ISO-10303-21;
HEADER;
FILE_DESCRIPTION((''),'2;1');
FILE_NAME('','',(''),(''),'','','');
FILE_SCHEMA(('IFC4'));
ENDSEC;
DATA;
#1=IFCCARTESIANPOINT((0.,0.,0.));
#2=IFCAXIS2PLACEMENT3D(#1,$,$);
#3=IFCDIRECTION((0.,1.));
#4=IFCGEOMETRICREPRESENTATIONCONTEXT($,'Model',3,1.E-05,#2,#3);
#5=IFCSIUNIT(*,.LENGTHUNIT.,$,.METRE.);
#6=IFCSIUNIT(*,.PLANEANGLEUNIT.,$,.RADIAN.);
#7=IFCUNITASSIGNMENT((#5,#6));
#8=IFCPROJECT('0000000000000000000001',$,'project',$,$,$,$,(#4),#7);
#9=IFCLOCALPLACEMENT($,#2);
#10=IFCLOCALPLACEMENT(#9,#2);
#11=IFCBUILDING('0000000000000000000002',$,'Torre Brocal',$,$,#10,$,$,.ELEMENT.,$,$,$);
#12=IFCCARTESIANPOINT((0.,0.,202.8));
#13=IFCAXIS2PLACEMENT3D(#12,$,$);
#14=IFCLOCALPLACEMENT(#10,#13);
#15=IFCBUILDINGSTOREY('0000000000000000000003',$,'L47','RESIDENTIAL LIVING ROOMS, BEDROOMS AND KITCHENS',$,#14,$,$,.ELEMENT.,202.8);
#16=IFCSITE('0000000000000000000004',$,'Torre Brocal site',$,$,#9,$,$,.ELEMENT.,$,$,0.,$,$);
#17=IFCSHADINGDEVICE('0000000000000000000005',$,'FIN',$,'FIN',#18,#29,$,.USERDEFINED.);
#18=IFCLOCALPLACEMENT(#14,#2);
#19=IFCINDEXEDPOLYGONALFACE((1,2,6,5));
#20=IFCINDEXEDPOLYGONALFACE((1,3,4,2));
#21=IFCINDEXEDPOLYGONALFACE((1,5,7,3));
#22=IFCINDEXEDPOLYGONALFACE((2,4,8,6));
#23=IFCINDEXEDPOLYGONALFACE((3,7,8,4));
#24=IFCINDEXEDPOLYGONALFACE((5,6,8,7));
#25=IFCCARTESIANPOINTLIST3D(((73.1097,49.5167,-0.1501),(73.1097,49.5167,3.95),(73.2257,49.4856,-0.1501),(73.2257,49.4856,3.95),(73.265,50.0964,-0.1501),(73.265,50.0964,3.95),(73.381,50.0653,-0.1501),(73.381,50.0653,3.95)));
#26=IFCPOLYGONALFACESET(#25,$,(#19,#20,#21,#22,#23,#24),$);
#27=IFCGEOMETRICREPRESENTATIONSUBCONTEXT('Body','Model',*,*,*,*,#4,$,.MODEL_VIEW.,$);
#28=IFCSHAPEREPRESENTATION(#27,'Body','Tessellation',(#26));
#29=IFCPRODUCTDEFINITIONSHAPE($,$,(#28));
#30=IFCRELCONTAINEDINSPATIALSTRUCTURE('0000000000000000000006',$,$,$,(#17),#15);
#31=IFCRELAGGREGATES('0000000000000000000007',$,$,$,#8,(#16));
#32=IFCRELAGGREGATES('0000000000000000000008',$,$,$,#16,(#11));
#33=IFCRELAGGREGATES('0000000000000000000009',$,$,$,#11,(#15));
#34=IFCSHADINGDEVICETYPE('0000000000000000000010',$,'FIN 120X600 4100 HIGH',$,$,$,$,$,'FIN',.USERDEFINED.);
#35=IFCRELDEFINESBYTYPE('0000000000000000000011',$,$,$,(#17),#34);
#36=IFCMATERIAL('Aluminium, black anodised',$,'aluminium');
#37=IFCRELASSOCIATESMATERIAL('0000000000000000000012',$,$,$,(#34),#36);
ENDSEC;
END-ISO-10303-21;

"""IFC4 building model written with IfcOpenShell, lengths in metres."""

from ifc_helpers import new_model, si_unit, direction, frame, origin, origin_2d, place, context, subcontext, project, spatial, rectangle, extrude, material, material_profile, profile_set, type_object, element, save


model = new_model("IFC4")

# Units and contexts
model_context = context("Model", 3, precision=1e-05, world=origin(), true_north=direction((0.0, 1.0)))
body_context = subcontext(model_context, "Body", "Model", "MODEL_VIEW")
ifc_project = project(units=[si_unit("LENGTHUNIT", "METRE"), si_unit("PLANEANGLEUNIT", "RADIAN")], contexts=[model_context])

# Site, building, storey
site_placement = place(None, origin())
site = spatial("IfcSite", under=ifc_project, at=site_placement, Name="Torre Brocal site", CompositionType="ELEMENT", RefElevation=0.0)
building_placement = place(site_placement, origin())
building = spatial("IfcBuilding", under=site, at=building_placement, Name="Torre Brocal", CompositionType="ELEMENT")
storey_placement = place(building_placement, frame((0.0, 0.0, 202.8)))
storey = spatial("IfcBuildingStorey", under=building, at=storey_placement, Name="L47", Description="RESIDENTIAL LIVING ROOMS, BEDROOMS AND KITCHENS", CompositionType="ELEMENT", Elevation=202.8)

# Shading device
ifc_material_1 = material(Name="Aluminium, black anodised", Category="aluminium")
ifc_material_profile_1 = material_profile(ifc_material_1, rectangle(XDim=0.1201, YDim=0.6001, at=origin_2d()), Name="FIN 120X600 4100 HIGH")
ifc_profile_set_1 = profile_set([ifc_material_profile_1], Name="Aluminium, black anodised")
shading_device_type = type_object("IfcShadingDeviceType", Name="FIN 120X600 4100 HIGH", ElementType="FIN", PredefinedType="USERDEFINED", material=ifc_profile_set_1)
for number, where, z_axis, x_axis, name in (
    (1, (73.2454, 49.791, -0.1501), (0.0, 0.0, 1.0), (0.965926, -0.258819, 0.0), "FIN"),
):
    element("IfcShadingDevice", number, at=place(storey_placement, frame(where, z_axis=z_axis, x_axis=x_axis)), inside=storey, type_object=shading_device_type, Name=name, ObjectType="FIN", PredefinedType="USERDEFINED", context=body_context, shape_type="SweptSolid", body=[
        extrude(rectangle(XDim=0.1201, YDim=0.6001, at=origin_2d()), origin(), (0.0, 0.0, 1.0), 4.1001),
    ])

save(model, "model.ifc")
